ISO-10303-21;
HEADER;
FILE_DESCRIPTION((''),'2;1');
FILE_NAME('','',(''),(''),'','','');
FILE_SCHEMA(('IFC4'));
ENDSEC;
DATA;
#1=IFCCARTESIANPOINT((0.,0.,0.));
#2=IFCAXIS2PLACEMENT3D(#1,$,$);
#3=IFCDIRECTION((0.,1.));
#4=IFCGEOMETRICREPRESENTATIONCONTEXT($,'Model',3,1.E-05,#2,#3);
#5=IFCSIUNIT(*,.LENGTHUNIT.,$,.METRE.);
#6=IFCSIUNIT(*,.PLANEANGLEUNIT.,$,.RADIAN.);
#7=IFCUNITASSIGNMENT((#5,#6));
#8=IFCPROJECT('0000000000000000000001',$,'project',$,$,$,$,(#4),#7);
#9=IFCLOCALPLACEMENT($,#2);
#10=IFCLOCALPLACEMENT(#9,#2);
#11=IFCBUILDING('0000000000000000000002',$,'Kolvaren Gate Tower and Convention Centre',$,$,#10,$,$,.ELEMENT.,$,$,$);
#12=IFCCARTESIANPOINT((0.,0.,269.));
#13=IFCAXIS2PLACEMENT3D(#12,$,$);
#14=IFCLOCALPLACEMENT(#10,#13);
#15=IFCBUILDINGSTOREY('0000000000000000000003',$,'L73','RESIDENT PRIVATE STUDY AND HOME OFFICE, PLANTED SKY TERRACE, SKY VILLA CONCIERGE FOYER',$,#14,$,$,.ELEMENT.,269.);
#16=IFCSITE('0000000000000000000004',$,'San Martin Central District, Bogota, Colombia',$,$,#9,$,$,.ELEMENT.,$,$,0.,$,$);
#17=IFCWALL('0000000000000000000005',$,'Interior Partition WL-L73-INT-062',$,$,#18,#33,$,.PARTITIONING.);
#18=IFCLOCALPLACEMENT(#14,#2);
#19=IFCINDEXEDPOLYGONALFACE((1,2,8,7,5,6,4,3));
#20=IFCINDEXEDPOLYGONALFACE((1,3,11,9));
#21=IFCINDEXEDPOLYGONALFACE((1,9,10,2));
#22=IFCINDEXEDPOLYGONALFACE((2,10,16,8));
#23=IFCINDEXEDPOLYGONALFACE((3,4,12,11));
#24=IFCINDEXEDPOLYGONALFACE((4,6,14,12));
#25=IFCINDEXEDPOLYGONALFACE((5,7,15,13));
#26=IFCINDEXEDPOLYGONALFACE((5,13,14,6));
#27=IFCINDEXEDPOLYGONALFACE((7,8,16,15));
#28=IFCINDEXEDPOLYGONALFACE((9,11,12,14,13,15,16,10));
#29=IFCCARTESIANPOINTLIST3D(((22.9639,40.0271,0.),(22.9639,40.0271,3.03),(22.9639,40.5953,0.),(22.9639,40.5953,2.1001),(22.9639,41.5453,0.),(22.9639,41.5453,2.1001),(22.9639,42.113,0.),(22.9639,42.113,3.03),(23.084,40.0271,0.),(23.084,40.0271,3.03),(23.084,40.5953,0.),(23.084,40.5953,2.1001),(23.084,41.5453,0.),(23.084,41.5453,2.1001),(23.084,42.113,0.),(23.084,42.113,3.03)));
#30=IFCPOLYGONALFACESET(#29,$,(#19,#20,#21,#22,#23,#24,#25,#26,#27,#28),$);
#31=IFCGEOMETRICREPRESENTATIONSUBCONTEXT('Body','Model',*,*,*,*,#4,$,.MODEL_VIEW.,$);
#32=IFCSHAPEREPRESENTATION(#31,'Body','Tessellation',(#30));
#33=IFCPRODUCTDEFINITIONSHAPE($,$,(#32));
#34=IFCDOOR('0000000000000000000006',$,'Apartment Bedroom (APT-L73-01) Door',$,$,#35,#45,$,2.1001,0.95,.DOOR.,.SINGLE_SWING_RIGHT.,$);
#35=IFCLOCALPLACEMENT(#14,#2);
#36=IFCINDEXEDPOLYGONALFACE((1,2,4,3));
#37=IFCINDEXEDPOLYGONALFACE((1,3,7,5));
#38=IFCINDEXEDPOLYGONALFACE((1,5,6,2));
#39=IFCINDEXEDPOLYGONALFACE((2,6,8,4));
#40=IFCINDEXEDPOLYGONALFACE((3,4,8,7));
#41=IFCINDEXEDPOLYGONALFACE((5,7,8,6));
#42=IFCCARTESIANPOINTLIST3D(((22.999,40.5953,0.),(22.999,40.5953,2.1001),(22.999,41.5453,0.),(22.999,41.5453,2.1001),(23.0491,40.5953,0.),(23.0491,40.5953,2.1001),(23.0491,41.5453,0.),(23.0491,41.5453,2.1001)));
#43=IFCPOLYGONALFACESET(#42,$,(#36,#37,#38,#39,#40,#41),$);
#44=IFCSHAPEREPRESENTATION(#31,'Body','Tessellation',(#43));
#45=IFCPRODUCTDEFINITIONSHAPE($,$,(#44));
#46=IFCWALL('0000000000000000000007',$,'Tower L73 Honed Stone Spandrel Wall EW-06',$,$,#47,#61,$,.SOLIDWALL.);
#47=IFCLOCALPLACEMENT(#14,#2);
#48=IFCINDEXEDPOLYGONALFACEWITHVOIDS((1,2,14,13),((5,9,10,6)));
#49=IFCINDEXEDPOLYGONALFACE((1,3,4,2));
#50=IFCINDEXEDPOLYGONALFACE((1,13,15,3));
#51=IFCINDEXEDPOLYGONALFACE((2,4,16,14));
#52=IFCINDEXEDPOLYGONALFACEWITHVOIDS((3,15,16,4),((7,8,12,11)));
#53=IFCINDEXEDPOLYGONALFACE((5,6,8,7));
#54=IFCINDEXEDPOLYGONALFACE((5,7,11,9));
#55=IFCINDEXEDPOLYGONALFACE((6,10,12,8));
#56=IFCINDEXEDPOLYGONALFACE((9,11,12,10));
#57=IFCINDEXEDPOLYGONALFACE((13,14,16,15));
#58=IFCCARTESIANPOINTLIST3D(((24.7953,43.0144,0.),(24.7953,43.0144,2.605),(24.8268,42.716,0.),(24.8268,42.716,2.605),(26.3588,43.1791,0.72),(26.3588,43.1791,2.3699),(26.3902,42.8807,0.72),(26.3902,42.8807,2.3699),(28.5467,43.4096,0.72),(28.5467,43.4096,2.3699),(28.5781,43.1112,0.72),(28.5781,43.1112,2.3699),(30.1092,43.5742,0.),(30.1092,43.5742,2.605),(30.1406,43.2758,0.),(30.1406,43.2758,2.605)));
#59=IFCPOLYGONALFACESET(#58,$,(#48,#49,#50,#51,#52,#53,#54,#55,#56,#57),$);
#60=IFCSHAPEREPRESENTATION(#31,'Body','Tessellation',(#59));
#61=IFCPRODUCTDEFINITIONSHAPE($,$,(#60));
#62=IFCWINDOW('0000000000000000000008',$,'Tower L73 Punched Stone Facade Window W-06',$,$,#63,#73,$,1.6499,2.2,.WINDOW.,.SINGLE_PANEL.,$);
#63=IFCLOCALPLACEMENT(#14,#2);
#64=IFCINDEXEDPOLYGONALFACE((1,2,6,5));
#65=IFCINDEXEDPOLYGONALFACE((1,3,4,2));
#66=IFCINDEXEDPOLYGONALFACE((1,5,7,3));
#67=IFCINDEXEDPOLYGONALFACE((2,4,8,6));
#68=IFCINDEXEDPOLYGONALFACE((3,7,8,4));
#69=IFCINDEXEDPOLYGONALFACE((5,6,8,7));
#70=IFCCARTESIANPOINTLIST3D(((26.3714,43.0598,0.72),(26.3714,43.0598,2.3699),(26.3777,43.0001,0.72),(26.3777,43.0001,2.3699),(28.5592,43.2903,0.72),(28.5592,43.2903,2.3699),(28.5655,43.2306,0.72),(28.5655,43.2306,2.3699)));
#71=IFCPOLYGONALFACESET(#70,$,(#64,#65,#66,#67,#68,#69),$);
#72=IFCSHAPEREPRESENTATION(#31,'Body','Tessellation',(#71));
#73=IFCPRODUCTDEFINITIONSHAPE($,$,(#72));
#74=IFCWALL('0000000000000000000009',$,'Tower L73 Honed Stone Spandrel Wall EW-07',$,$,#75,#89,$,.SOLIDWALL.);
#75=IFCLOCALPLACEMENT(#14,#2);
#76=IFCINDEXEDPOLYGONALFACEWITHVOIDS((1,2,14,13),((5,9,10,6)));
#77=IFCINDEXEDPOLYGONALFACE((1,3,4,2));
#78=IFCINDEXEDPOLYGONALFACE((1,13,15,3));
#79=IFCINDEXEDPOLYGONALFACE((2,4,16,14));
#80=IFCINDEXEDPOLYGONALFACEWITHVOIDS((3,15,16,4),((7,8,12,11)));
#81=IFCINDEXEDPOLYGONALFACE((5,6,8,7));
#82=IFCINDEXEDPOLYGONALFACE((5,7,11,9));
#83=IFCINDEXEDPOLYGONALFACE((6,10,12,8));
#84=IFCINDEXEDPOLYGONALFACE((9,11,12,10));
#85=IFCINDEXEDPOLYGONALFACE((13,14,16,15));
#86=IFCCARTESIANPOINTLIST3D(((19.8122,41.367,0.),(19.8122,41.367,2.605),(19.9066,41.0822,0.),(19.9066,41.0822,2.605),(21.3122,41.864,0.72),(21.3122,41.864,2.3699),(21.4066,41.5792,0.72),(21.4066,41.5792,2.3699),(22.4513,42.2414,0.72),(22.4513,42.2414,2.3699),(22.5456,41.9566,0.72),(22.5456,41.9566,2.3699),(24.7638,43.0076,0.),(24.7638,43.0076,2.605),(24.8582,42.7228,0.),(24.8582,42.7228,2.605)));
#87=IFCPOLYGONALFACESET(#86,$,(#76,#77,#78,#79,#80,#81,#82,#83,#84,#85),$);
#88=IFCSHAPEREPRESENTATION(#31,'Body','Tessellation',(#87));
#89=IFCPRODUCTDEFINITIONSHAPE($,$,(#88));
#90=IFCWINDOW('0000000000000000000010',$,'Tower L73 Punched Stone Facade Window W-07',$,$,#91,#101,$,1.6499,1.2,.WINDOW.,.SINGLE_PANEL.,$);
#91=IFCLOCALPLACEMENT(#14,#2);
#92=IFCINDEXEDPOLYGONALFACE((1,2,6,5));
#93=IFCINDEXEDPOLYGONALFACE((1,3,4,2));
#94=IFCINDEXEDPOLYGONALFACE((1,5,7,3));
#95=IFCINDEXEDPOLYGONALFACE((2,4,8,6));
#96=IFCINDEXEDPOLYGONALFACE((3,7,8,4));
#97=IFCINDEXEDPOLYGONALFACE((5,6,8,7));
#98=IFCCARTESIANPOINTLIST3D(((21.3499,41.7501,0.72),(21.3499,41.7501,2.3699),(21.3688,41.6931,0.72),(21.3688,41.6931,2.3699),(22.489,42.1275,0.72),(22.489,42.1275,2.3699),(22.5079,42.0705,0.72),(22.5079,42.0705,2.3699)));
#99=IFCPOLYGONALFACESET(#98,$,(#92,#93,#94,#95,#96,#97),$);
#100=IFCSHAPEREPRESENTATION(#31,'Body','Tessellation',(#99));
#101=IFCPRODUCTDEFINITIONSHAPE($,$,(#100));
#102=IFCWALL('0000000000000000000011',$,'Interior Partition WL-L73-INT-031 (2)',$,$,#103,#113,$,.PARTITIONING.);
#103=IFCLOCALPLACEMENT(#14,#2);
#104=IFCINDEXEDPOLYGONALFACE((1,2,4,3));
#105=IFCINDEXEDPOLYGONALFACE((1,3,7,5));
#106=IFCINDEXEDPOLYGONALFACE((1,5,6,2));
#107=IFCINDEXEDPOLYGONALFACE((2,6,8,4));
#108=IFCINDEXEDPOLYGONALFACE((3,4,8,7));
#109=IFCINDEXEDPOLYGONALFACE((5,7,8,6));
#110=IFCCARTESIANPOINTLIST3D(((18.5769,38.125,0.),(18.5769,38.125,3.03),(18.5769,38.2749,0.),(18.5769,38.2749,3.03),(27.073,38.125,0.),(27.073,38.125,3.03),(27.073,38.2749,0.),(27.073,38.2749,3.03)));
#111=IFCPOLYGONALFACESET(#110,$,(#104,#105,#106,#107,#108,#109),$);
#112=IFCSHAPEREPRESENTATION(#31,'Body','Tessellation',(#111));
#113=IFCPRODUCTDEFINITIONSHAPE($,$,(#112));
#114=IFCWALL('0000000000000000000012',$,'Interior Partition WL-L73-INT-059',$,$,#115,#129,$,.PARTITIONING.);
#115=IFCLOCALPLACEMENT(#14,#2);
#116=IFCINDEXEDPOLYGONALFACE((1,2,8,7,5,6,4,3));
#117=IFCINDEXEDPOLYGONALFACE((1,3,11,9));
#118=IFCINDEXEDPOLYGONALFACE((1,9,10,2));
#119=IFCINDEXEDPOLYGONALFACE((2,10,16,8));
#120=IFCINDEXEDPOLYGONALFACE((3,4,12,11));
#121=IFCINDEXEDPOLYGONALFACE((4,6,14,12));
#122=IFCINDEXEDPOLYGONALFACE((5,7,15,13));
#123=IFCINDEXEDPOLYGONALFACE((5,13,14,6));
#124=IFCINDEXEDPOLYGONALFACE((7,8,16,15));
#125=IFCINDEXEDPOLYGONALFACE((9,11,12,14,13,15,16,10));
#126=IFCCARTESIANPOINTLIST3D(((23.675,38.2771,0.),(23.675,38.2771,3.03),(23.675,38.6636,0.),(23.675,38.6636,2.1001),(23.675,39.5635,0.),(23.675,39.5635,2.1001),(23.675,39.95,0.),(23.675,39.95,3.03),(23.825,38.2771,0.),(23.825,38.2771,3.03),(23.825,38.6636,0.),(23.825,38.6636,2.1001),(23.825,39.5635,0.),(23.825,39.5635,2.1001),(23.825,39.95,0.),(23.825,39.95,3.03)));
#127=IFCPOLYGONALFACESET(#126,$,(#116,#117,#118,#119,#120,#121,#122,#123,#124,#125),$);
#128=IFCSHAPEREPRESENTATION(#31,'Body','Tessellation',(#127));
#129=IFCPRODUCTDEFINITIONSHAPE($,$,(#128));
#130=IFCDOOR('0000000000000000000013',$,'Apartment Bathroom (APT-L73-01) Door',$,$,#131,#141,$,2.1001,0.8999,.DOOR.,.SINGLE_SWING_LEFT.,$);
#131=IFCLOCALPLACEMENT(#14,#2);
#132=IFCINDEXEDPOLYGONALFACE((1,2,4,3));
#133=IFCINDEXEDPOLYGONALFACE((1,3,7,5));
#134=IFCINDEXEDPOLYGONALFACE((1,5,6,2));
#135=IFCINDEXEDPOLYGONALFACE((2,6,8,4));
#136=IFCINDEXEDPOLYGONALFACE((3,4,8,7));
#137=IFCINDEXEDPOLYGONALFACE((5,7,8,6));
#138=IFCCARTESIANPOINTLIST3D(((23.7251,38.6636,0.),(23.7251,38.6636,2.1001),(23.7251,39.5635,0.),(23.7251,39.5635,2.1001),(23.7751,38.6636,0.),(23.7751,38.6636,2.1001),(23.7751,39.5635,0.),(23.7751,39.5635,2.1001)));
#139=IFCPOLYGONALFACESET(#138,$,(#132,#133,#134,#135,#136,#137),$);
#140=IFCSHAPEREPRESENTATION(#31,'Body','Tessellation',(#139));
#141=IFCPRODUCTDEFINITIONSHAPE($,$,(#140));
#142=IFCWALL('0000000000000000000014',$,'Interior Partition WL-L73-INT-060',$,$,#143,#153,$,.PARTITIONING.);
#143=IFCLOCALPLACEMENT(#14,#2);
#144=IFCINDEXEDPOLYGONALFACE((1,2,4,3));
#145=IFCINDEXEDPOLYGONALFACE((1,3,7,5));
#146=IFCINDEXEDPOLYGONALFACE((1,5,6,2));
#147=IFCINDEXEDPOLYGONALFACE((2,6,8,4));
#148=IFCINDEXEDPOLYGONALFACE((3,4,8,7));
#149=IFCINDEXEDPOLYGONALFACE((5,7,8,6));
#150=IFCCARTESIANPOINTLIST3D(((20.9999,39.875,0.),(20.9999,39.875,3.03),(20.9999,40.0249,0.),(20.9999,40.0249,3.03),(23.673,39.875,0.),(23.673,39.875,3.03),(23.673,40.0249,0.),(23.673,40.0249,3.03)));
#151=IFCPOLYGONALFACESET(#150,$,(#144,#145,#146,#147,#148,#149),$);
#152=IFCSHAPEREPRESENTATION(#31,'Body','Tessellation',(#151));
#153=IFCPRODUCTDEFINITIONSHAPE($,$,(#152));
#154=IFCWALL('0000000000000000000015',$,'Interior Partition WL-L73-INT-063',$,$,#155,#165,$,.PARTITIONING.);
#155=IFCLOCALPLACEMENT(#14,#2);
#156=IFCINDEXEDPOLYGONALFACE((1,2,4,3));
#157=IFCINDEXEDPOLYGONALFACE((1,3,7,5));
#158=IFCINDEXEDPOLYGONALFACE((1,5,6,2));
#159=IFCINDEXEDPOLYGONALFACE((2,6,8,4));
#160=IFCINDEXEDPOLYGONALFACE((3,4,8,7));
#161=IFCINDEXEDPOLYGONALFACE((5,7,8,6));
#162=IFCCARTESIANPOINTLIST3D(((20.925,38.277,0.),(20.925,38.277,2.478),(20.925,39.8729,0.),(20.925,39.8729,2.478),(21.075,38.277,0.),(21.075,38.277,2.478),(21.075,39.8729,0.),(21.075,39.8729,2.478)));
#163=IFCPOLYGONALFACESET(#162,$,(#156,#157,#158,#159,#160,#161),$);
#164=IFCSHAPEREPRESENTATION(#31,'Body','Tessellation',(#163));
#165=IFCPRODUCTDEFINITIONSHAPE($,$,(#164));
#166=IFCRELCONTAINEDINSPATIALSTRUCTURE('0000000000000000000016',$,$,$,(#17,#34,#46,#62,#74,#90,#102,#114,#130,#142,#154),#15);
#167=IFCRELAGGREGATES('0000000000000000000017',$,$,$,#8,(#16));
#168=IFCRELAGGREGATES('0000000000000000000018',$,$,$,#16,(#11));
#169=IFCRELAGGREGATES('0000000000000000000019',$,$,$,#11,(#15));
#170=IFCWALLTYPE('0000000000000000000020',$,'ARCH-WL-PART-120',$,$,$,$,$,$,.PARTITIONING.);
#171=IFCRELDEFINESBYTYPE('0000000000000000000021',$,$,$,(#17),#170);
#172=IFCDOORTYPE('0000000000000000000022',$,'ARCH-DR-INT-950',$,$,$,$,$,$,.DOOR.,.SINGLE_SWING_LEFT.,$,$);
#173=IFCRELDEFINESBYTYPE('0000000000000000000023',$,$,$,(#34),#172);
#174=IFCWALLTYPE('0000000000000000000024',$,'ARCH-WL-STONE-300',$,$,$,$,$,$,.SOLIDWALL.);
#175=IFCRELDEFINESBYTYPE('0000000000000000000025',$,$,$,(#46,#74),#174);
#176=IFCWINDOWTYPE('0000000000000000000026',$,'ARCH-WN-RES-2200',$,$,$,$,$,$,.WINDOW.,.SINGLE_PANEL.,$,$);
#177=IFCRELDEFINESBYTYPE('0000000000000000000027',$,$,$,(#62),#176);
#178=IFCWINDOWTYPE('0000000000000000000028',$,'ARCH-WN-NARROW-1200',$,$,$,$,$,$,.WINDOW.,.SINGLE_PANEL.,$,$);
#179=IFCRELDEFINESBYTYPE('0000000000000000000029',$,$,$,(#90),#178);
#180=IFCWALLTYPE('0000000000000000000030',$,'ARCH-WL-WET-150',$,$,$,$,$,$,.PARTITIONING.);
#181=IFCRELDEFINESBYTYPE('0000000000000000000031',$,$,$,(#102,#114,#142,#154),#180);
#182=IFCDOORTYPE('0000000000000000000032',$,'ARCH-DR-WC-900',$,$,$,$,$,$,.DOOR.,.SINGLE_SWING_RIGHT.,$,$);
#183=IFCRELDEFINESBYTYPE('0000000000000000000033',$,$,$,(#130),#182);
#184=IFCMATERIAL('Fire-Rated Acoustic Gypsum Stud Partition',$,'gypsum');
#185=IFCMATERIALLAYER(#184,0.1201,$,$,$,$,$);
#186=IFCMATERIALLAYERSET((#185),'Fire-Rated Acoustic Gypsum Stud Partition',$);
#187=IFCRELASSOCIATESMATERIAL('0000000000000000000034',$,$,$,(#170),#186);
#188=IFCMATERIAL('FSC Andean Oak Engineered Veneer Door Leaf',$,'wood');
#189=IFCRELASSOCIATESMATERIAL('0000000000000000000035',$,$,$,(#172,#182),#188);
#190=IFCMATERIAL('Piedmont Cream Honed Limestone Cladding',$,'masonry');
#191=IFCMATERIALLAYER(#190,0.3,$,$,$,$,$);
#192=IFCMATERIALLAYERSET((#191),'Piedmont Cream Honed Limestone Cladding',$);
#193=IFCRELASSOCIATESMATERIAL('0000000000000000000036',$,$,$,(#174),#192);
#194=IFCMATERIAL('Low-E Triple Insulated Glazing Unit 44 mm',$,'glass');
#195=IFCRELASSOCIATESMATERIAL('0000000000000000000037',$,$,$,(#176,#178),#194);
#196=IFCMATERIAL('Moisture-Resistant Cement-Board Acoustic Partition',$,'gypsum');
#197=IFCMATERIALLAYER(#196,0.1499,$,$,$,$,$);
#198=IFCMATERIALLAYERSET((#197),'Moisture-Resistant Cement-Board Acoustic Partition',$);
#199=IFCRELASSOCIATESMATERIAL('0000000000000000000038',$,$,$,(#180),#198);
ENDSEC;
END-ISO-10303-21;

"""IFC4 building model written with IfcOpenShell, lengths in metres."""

from ifc_helpers import new_model, si_unit, direction, frame, frame_2d, origin, place, context, subcontext, project, spatial, rectangle, extrude, material, layer, layer_set, type_object, element, fill, save


model = new_model("IFC4")

# Units and contexts
model_context = context("Model", 3, precision=1e-05, world=origin(), true_north=direction((0.0, 1.0)))
body_context = subcontext(model_context, "Body", "Model", "MODEL_VIEW")
ifc_project = project(units=[si_unit("LENGTHUNIT", "METRE"), si_unit("PLANEANGLEUNIT", "RADIAN")], contexts=[model_context])

# Site, building, storey
site_placement = place(None, origin())
site = spatial("IfcSite", under=ifc_project, at=site_placement, Name="San Martin Central District, Bogota, Colombia", CompositionType="ELEMENT", RefElevation=0.0)
building_placement = place(site_placement, origin())
building = spatial("IfcBuilding", under=site, at=building_placement, Name="Kolvaren Gate Tower and Convention Centre", CompositionType="ELEMENT")
storey_placement = place(building_placement, frame((0.0, 0.0, 269.0)))
storey = spatial("IfcBuildingStorey", under=building, at=storey_placement, Name="L73", Description="RESIDENT PRIVATE STUDY AND HOME OFFICE, PLANTED SKY TERRACE, SKY VILLA CONCIERGE FOYER", CompositionType="ELEMENT", Elevation=269.0)

# Shared definitions
ifc_material_1 = material(Name="Fire-Rated Acoustic Gypsum Stud Partition", Category="gypsum")
ifc_layer_1 = layer(ifc_material_1, 0.1201)
ifc_layer_set_1 = layer_set([ifc_layer_1], Name="Fire-Rated Acoustic Gypsum Stud Partition")
wall_type_1 = type_object("IfcWallType", Name="ARCH-WL-PART-120", PredefinedType="PARTITIONING", material=ifc_layer_set_1)

# Wall, opening, door
wall_1_placement = place(storey_placement, frame((23.0239, 40.0271, 0.0), z_axis=(0.0, 0.0, 1.0), x_axis=(0.0, 1.0, 0.0)))
wall_1 = element("IfcWall", 1, at=wall_1_placement, inside=storey, type_object=wall_type_1, Name="Interior Partition WL-L73-INT-062", PredefinedType="PARTITIONING", context=body_context, shape_type="SweptSolid", body=[
    extrude(rectangle(XDim=2.0859, YDim=0.1201, at=frame_2d((1.043, 0.0))), origin(), (0.0, 0.0, 1.0), 3.03),
])
opening_1_placement = place(wall_1_placement, frame((0.5681, 0.0, 0.0)))
opening_1 = element("IfcOpeningElement", 2, at=opening_1_placement, cuts=wall_1, PredefinedType="OPENING", context=body_context, shape_type="SweptSolid", body=[
    extrude(rectangle(XDim=0.95, YDim=2.1001, at=frame_2d((0.4751, 1.05))), frame((0.0, 0.0701, 0.0), z_axis=(0.0, -1.0, 0.0), x_axis=(1.0, 0.0, 0.0)), (0.0, 0.0, 1.0), 0.1401),
])
ifc_material_2 = material(Name="FSC Andean Oak Engineered Veneer Door Leaf", Category="wood")
door_type_1 = type_object("IfcDoorType", Name="ARCH-DR-INT-950", OperationType="SINGLE_SWING_LEFT", PredefinedType="DOOR", material=ifc_material_2)
door_1_placement = place(opening_1_placement, origin())
door_1 = element("IfcDoor", 3, at=door_1_placement, inside=storey, type_object=door_type_1, Name="Apartment Bedroom (APT-L73-01) Door", OperationType="SINGLE_SWING_RIGHT", OverallHeight=2.1001, OverallWidth=0.95, PredefinedType="DOOR", context=body_context, shape_type="SweptSolid", body=[
    extrude(rectangle(XDim=0.95, YDim=2.1001, at=frame_2d((0.4751, 1.05))), frame((0.0, 0.0249, 0.0), z_axis=(0.0, -1.0, 0.0), x_axis=(1.0, 0.0, 0.0)), (0.0, 0.0, 1.0), 0.05),
])
fill(opening_1, door_1)

# Walls, openings, windows
ifc_material_3 = material(Name="Piedmont Cream Honed Limestone Cladding", Category="masonry")
ifc_layer_2 = layer(ifc_material_3, 0.3)
ifc_layer_set_2 = layer_set([ifc_layer_2], Name="Piedmont Cream Honed Limestone Cladding")
wall_type_2 = type_object("IfcWallType", Name="ARCH-WL-STONE-300", PredefinedType="SOLIDWALL", material=ifc_layer_set_2)
wall_2_placement = place(storey_placement, frame((24.811, 42.8652, 0.0), z_axis=(0.0, 0.0, 1.0), x_axis=(0.994497, 0.104768, 0.0)))
wall_2 = element("IfcWall", 4, at=wall_2_placement, inside=storey, type_object=wall_type_2, Name="Tower L73 Honed Stone Spandrel Wall EW-06", PredefinedType="SOLIDWALL", context=body_context, shape_type="SweptSolid", body=[
    extrude(rectangle(XDim=5.3433, YDim=0.3, at=frame_2d((2.6716, 0.0))), origin(), (0.0, 0.0, 1.0), 2.605),
])
opening_2_placement = place(wall_2_placement, frame((1.572, 0.0, 0.72)))
opening_2 = element("IfcOpeningElement", 5, at=opening_2_placement, cuts=wall_2, PredefinedType="OPENING", context=body_context, shape_type="SweptSolid", body=[
    extrude(rectangle(XDim=2.2, YDim=1.6499, at=frame_2d((1.1001, 0.825))), frame((0.0, 0.1599, 0.0), z_axis=(0.0, -1.0, 0.0), x_axis=(1.0, 0.0, 0.0)), (0.0, 0.0, 1.0), 0.3201),
])
ifc_material_4 = material(Name="Low-E Triple Insulated Glazing Unit 44 mm", Category="glass")
window_type_1 = type_object("IfcWindowType", Name="ARCH-WN-RES-2200", PartitioningType="SINGLE_PANEL", PredefinedType="WINDOW", material=ifc_material_4)
window_1_placement = place(opening_2_placement, origin())
window_1 = element("IfcWindow", 6, at=window_1_placement, inside=storey, type_object=window_type_1, Name="Tower L73 Punched Stone Facade Window W-06", OverallHeight=1.6499, OverallWidth=2.2, PartitioningType="SINGLE_PANEL", PredefinedType="WINDOW", context=body_context, shape_type="SweptSolid", body=[
    extrude(rectangle(XDim=2.2, YDim=1.6499, at=frame_2d((1.1001, 0.825))), frame((0.0, 0.03, 0.0), z_axis=(0.0, -1.0, 0.0), x_axis=(1.0, 0.0, 0.0)), (0.0, 0.0, 1.0), 0.0601),
])
fill(opening_2, window_1)
wall_3_placement = place(storey_placement, frame((19.8594, 41.2246, 0.0), z_axis=(0.0, 0.0, 1.0), x_axis=(0.949253, 0.314514, 0.0)))
wall_3 = element("IfcWall", 7, at=wall_3_placement, inside=storey, type_object=wall_type_2, Name="Tower L73 Honed Stone Spandrel Wall EW-07", PredefinedType="SOLIDWALL", context=body_context, shape_type="SweptSolid", body=[
    extrude(rectangle(XDim=5.2163, YDim=0.3, at=frame_2d((2.6082, 0.0))), origin(), (0.0, 0.0, 1.0), 2.605),
])
opening_3_placement = place(wall_3_placement, frame((1.5801, 0.0, 0.72)))
opening_3 = element("IfcOpeningElement", 8, at=opening_3_placement, cuts=wall_3, PredefinedType="OPENING", context=body_context, shape_type="SweptSolid", body=[
    extrude(rectangle(XDim=1.2, YDim=1.6499, at=frame_2d((0.6001, 0.825))), frame((0.0, 0.1599, 0.0), z_axis=(0.0, -1.0, 0.0), x_axis=(1.0, 0.0, 0.0)), (0.0, 0.0, 1.0), 0.3201),
])
window_type_2 = type_object("IfcWindowType", Name="ARCH-WN-NARROW-1200", PartitioningType="SINGLE_PANEL", PredefinedType="WINDOW", material=ifc_material_4)
window_2_placement = place(opening_3_placement, origin())
window_2 = element("IfcWindow", 9, at=window_2_placement, inside=storey, type_object=window_type_2, Name="Tower L73 Punched Stone Facade Window W-07", OverallHeight=1.6499, OverallWidth=1.2, PartitioningType="SINGLE_PANEL", PredefinedType="WINDOW", context=body_context, shape_type="SweptSolid", body=[
    extrude(rectangle(XDim=1.2, YDim=1.6499, at=frame_2d((0.6001, 0.825))), frame((0.0, 0.03, 0.0), z_axis=(0.0, -1.0, 0.0), x_axis=(1.0, 0.0, 0.0)), (0.0, 0.0, 1.0), 0.0601),
])
fill(opening_3, window_2)

# Wall
ifc_material_5 = material(Name="Moisture-Resistant Cement-Board Acoustic Partition", Category="gypsum")
ifc_layer_3 = layer(ifc_material_5, 0.1499)
ifc_layer_set_3 = layer_set([ifc_layer_3], Name="Moisture-Resistant Cement-Board Acoustic Partition")
wall_type_3 = type_object("IfcWallType", Name="ARCH-WL-WET-150", PredefinedType="PARTITIONING", material=ifc_layer_set_3)
wall_4_placement = place(storey_placement, frame((18.5769, 38.2, 0.0), z_axis=(0.0, 0.0, 1.0), x_axis=(1.0, 0.0, 0.0)))
element("IfcWall", 10, at=wall_4_placement, inside=storey, type_object=wall_type_3, Name="Interior Partition WL-L73-INT-031 (2)", PredefinedType="PARTITIONING", context=body_context, shape_type="SweptSolid", body=[
    extrude(rectangle(XDim=8.4961, YDim=0.1499, at=frame_2d((4.248, 0.0))), origin(), (0.0, 0.0, 1.0), 3.03),
])

# Wall, opening, door
wall_5_placement = place(storey_placement, frame((23.75, 38.2771, 0.0), z_axis=(0.0, 0.0, 1.0), x_axis=(0.0, 1.0, 0.0)))
wall_5 = element("IfcWall", 11, at=wall_5_placement, inside=storey, type_object=wall_type_3, Name="Interior Partition WL-L73-INT-059", PredefinedType="PARTITIONING", context=body_context, shape_type="SweptSolid", body=[
    extrude(rectangle(XDim=1.6729, YDim=0.1499, at=frame_2d((0.8364, 0.0))), origin(), (0.0, 0.0, 1.0), 3.03),
])
opening_4_placement = place(wall_5_placement, frame((0.3865, 0.0, 0.0)))
opening_4 = element("IfcOpeningElement", 12, at=opening_4_placement, cuts=wall_5, PredefinedType="OPENING", context=body_context, shape_type="SweptSolid", body=[
    extrude(rectangle(XDim=0.8999, YDim=2.1001, at=frame_2d((0.45, 1.05))), frame((0.0, 0.085, 0.0), z_axis=(0.0, -1.0, 0.0), x_axis=(1.0, 0.0, 0.0)), (0.0, 0.0, 1.0), 0.1699),
])
door_type_2 = type_object("IfcDoorType", Name="ARCH-DR-WC-900", OperationType="SINGLE_SWING_RIGHT", PredefinedType="DOOR", material=ifc_material_2)
door_2_placement = place(opening_4_placement, origin())
door_2 = element("IfcDoor", 13, at=door_2_placement, inside=storey, type_object=door_type_2, Name="Apartment Bathroom (APT-L73-01) Door", OperationType="SINGLE_SWING_LEFT", OverallHeight=2.1001, OverallWidth=0.8999, PredefinedType="DOOR", context=body_context, shape_type="SweptSolid", body=[
    extrude(rectangle(XDim=0.8999, YDim=2.1001, at=frame_2d((0.45, 1.05))), frame((0.0, 0.0249, 0.0), z_axis=(0.0, -1.0, 0.0), x_axis=(1.0, 0.0, 0.0)), (0.0, 0.0, 1.0), 0.05),
])
fill(opening_4, door_2)

# Walls
wall_6_placement = place(storey_placement, frame((21.0, 39.95, 0.0), z_axis=(0.0, 0.0, 1.0), x_axis=(1.0, 0.0, 0.0)))
element("IfcWall", 14, at=wall_6_placement, inside=storey, type_object=wall_type_3, Name="Interior Partition WL-L73-INT-060", PredefinedType="PARTITIONING", context=body_context, shape_type="SweptSolid", body=[
    extrude(rectangle(XDim=2.6731, YDim=0.1499, at=frame_2d((1.3364, 0.0))), origin(), (0.0, 0.0, 1.0), 3.03),
])
wall_7_placement = place(storey_placement, frame((21.0, 38.2771, 0.0), z_axis=(0.0, 0.0, 1.0), x_axis=(0.0, 1.0, 0.0)))
element("IfcWall", 15, at=wall_7_placement, inside=storey, type_object=wall_type_3, Name="Interior Partition WL-L73-INT-063", PredefinedType="PARTITIONING", context=body_context, shape_type="SweptSolid", body=[
    extrude(rectangle(XDim=1.5959, YDim=0.1499, at=frame_2d((0.7979, 0.0))), origin(), (0.0, 0.0, 1.0), 2.478),
])

save(model, "model.ifc")
